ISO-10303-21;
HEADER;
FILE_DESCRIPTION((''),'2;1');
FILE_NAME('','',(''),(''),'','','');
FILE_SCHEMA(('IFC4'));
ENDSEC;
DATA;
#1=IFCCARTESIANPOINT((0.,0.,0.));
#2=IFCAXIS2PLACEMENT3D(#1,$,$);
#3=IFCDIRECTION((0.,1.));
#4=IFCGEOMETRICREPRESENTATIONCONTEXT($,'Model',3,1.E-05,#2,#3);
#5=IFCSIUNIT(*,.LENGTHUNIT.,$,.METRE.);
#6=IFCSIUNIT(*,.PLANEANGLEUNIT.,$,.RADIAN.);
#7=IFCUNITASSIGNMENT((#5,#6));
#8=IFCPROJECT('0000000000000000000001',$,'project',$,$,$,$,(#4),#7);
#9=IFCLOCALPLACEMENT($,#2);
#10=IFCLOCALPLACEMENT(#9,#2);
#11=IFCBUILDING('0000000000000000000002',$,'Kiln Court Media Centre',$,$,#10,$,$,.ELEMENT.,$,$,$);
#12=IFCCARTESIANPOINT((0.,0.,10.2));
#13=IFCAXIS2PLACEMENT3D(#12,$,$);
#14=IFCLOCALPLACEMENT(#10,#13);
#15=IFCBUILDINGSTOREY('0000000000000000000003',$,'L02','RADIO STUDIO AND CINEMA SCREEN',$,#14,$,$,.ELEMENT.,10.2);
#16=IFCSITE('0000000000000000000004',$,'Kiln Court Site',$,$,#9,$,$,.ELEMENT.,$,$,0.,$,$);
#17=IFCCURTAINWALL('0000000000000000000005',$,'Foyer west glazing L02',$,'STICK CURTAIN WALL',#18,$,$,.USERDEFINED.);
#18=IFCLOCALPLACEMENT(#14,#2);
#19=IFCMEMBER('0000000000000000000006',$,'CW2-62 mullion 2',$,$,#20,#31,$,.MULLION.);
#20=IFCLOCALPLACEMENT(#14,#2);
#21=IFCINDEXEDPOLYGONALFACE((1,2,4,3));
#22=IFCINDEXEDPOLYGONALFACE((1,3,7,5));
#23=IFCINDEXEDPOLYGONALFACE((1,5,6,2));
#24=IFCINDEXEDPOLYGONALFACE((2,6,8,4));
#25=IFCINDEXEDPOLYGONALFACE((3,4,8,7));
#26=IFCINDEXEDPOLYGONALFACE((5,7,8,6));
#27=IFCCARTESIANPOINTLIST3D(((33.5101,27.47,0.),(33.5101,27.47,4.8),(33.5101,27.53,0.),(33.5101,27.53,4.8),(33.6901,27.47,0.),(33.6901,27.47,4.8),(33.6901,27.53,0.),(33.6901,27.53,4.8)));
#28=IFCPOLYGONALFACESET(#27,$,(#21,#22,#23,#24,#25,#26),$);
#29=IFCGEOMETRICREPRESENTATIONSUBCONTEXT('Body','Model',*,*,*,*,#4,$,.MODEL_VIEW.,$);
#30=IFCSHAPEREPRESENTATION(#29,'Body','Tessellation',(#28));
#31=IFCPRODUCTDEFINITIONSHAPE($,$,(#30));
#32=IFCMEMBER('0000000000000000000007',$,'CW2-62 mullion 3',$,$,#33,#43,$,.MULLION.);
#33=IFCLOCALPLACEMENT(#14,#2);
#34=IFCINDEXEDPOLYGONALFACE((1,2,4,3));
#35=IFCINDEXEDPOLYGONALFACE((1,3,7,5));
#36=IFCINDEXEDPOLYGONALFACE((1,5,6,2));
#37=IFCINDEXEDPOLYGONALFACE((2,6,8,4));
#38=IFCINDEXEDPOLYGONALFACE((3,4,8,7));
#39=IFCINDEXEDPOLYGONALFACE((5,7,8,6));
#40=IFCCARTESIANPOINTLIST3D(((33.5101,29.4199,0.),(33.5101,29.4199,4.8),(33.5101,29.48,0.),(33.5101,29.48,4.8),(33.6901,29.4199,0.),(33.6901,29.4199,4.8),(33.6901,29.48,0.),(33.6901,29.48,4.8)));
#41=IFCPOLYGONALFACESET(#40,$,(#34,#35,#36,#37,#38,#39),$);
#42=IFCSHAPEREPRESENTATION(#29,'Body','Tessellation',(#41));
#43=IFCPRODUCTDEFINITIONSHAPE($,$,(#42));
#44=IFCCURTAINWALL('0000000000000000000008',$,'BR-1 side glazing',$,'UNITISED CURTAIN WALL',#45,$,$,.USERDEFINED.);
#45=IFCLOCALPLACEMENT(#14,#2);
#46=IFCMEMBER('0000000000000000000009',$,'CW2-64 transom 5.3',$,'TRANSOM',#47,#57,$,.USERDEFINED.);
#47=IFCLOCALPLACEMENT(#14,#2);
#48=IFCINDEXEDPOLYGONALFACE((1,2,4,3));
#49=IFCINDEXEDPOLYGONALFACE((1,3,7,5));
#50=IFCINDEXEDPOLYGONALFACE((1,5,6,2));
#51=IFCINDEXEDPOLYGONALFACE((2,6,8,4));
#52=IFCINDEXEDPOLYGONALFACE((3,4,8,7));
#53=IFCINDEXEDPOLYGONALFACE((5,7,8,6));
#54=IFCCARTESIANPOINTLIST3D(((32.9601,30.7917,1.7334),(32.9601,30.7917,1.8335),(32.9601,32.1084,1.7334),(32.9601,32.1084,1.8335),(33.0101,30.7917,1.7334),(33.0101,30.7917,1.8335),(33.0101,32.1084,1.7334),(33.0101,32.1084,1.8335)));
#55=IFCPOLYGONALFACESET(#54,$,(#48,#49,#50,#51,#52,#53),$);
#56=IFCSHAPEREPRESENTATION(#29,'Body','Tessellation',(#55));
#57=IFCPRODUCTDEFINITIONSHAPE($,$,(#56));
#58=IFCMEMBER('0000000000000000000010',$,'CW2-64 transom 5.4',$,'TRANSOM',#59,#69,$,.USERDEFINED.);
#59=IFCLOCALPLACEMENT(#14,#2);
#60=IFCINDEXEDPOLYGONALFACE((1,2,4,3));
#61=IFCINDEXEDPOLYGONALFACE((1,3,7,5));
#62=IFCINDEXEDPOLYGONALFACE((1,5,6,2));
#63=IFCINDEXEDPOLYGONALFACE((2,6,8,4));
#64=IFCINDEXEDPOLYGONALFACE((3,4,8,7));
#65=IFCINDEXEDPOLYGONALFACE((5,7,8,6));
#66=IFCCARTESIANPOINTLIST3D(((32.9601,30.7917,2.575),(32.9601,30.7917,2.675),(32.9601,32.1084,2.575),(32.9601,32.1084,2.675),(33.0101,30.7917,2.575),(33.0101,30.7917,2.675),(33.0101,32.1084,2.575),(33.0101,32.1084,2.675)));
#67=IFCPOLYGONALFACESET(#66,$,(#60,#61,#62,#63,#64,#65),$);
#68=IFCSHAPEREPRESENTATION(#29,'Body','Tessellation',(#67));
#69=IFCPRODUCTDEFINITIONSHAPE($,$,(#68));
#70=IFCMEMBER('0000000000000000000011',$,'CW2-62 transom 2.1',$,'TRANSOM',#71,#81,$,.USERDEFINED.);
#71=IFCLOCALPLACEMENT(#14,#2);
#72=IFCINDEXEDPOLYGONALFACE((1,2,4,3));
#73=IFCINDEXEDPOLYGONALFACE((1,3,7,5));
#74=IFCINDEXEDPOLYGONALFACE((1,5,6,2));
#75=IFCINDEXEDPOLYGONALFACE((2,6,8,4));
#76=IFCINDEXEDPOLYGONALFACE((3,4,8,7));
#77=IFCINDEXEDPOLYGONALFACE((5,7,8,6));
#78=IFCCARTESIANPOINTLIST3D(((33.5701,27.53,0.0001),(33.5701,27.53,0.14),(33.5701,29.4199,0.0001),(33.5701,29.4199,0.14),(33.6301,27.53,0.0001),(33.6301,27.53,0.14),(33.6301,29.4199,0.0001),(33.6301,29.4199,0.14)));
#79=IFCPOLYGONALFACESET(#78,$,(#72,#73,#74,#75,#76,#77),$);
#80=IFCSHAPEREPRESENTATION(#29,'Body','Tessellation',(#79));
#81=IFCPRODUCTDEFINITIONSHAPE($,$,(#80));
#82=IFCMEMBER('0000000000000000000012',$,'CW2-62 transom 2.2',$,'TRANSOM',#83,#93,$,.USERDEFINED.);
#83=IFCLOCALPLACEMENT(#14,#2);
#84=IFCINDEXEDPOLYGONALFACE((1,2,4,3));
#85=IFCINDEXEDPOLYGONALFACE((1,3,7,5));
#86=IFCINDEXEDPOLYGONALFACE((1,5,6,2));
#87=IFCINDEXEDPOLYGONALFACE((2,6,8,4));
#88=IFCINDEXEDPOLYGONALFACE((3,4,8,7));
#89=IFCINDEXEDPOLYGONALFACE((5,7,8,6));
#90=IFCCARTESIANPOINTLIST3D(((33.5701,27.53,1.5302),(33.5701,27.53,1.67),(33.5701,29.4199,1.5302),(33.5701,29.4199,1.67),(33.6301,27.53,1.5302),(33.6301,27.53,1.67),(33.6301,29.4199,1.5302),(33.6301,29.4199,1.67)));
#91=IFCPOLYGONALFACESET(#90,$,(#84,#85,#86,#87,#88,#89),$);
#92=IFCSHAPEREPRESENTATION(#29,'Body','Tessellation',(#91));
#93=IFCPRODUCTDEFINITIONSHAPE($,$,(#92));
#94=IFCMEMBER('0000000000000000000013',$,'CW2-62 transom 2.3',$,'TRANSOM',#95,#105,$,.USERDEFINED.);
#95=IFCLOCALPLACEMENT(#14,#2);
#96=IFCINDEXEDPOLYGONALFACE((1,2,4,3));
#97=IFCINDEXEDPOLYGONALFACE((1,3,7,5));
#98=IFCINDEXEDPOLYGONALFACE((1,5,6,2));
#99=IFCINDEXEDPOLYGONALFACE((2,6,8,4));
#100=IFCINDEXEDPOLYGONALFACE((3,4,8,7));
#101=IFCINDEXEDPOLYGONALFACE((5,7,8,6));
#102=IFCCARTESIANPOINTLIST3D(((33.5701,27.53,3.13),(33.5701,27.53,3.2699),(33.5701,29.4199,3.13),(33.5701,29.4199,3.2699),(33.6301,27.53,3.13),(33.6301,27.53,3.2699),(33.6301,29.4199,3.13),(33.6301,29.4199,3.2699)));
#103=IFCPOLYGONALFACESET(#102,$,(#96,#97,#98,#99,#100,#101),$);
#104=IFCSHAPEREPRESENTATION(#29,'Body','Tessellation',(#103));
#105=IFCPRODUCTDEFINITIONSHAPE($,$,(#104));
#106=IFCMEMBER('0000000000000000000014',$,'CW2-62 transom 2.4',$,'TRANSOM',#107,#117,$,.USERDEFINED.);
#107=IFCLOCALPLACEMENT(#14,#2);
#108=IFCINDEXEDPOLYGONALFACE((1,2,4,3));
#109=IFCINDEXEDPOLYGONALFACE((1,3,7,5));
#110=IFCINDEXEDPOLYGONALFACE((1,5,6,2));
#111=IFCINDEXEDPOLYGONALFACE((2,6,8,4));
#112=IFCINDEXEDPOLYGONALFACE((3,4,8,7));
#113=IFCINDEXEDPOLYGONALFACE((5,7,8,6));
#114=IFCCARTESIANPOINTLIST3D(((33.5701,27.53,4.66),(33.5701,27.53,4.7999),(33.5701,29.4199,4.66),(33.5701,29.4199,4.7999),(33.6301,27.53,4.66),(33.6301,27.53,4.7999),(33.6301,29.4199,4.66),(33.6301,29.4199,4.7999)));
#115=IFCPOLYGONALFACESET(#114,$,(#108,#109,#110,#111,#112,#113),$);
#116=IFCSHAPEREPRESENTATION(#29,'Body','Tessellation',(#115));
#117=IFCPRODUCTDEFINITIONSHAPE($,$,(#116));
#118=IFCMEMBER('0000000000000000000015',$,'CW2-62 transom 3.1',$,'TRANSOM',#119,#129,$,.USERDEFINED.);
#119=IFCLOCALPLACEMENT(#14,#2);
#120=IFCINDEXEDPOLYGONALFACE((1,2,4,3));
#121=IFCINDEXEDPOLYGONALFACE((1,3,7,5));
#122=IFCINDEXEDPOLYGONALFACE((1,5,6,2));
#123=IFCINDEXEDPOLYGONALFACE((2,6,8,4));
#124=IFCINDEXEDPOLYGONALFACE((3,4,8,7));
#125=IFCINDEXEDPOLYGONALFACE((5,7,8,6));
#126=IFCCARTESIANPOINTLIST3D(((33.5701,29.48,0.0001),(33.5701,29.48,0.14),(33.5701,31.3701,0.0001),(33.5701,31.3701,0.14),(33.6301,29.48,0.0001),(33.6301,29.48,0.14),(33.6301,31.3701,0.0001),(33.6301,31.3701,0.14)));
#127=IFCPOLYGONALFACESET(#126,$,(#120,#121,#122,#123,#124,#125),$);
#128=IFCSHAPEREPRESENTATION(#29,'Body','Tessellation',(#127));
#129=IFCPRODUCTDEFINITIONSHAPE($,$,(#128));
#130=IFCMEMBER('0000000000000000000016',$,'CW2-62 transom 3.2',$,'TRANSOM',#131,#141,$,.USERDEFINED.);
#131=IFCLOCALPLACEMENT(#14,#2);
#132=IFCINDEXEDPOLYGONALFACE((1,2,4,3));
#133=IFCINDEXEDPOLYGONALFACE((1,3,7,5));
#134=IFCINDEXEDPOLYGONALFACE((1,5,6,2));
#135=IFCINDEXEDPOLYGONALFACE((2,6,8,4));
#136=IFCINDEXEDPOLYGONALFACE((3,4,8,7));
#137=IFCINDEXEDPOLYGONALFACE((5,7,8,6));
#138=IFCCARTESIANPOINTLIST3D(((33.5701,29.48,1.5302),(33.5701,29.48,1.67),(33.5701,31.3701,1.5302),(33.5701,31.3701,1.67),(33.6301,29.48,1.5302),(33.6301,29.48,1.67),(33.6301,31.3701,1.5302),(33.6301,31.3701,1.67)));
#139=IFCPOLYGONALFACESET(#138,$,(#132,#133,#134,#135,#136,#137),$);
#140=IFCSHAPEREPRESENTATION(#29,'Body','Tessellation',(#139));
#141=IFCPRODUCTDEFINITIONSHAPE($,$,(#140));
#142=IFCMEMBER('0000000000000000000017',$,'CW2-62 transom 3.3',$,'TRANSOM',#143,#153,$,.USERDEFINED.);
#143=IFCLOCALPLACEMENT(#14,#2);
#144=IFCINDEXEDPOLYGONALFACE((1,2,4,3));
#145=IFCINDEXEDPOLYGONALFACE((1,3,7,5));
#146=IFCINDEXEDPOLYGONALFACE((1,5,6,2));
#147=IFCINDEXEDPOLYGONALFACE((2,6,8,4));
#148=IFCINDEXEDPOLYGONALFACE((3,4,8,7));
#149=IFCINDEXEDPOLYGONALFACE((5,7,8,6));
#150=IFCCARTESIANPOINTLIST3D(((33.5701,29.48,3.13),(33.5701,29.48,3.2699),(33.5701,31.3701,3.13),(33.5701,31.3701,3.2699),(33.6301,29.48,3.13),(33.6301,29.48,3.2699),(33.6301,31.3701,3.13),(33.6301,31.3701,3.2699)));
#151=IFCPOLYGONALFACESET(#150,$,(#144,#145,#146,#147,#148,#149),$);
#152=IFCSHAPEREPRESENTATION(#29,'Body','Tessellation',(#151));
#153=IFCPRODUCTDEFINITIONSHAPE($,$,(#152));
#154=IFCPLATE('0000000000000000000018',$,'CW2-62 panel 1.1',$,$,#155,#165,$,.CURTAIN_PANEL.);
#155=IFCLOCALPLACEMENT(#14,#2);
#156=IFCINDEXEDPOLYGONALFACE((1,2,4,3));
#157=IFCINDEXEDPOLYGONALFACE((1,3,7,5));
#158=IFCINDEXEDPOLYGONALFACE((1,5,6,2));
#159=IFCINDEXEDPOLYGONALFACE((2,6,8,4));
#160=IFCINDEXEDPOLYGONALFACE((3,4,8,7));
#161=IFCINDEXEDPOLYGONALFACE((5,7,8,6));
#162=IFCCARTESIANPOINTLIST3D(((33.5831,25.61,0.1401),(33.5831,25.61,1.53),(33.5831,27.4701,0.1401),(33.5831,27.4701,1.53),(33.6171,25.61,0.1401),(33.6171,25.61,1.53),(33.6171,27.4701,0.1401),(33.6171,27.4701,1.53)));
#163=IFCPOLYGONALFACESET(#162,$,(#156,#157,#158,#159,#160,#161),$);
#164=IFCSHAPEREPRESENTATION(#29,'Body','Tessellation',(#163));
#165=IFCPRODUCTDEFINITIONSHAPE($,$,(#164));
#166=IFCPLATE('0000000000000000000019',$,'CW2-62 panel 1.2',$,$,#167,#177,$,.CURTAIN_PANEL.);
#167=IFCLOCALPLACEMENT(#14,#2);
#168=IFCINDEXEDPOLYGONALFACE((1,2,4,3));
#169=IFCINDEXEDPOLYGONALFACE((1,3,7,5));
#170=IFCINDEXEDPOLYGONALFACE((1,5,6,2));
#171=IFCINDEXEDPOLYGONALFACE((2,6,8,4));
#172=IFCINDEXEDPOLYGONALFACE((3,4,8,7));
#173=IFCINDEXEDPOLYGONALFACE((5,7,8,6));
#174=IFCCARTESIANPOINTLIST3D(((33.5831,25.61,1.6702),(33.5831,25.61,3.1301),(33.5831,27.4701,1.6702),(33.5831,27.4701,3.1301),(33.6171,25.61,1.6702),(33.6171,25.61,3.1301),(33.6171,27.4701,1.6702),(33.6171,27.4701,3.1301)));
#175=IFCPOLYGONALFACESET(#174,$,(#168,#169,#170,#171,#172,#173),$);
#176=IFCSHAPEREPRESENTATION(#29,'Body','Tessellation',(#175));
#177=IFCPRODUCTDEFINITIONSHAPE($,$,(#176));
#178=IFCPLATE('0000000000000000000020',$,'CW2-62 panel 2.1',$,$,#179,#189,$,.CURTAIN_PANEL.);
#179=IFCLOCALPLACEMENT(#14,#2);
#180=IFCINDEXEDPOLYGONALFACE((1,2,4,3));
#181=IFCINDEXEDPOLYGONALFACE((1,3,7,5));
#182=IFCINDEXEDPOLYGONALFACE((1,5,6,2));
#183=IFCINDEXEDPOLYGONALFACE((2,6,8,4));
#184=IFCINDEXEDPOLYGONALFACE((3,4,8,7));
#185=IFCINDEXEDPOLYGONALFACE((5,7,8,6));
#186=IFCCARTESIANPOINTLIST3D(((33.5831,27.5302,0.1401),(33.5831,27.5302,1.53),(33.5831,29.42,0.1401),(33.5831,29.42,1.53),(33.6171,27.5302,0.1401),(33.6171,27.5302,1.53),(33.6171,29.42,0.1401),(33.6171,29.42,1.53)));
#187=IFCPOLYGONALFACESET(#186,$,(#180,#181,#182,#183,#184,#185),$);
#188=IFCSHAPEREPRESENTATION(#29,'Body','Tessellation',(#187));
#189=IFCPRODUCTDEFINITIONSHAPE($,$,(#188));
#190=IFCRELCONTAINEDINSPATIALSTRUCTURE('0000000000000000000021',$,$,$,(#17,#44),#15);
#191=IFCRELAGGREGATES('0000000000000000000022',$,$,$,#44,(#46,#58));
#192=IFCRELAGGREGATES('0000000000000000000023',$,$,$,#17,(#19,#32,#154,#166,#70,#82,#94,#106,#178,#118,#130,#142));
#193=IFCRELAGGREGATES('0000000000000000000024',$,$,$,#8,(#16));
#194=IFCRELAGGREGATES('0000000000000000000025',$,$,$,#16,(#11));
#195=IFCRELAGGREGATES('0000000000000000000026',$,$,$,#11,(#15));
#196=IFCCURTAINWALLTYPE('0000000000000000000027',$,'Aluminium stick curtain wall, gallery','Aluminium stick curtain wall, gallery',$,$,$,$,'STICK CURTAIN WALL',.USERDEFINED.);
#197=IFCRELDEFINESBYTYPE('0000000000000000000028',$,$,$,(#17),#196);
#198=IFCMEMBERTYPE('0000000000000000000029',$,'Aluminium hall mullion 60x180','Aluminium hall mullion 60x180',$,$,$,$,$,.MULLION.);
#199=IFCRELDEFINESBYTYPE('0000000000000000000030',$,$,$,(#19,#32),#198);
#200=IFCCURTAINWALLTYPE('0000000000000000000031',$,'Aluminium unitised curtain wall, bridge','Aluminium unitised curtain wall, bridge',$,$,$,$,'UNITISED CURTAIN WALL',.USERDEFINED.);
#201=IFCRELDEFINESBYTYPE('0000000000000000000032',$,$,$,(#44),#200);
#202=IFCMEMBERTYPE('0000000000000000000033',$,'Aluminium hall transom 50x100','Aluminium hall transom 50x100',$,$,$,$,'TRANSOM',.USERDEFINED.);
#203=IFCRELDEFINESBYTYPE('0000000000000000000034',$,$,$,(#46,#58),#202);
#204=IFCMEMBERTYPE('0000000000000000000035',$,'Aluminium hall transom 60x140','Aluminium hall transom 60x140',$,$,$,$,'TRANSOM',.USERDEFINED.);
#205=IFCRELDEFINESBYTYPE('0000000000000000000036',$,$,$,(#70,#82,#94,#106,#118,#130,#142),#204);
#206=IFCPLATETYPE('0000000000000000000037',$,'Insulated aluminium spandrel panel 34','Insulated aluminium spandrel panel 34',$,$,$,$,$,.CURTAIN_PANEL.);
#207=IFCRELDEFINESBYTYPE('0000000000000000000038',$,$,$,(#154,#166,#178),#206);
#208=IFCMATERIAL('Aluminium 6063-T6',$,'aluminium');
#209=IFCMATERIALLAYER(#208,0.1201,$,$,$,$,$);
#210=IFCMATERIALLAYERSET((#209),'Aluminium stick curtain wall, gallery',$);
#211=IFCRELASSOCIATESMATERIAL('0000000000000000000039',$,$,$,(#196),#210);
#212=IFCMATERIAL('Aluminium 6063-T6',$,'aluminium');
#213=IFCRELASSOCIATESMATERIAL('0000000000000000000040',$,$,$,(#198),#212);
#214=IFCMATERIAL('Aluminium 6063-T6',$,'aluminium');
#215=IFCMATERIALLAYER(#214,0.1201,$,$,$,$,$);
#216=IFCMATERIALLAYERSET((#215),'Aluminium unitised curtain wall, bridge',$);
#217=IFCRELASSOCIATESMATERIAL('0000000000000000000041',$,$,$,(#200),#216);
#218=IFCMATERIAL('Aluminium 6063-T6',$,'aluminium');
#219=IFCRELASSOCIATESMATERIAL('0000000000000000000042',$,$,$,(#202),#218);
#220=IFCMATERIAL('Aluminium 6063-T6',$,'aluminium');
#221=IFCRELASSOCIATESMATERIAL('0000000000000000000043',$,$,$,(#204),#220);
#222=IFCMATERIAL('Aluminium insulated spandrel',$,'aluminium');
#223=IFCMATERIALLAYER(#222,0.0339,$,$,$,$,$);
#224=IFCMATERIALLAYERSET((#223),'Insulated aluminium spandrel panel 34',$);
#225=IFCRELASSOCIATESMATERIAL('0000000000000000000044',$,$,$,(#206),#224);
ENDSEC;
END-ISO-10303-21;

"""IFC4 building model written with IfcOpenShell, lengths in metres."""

from ifc_helpers import new_model, si_unit, direction, frame, origin, origin_2d, place, context, subcontext, project, spatial, rectangle, extrude, material, layer, layer_set, material_profile, profile_set, type_object, element, aggregate, save


model = new_model("IFC4")

# Units and contexts
model_context = context("Model", 3, precision=1e-05, world=origin(), true_north=direction((0.0, 1.0)))
body_context = subcontext(model_context, "Body", "Model", "MODEL_VIEW")
ifc_project = project(units=[si_unit("LENGTHUNIT", "METRE"), si_unit("PLANEANGLEUNIT", "RADIAN")], contexts=[model_context])

# Site, building, storey
site_placement = place(None, origin())
site = spatial("IfcSite", under=ifc_project, at=site_placement, Name="Kiln Court Site", CompositionType="ELEMENT", RefElevation=0.0)
building_placement = place(site_placement, origin())
building = spatial("IfcBuilding", under=site, at=building_placement, Name="Kiln Court Media Centre", CompositionType="ELEMENT")
storey_placement = place(building_placement, frame((0.0, 0.0, 10.2)))
storey = spatial("IfcBuildingStorey", under=building, at=storey_placement, Name="L02", Description="RADIO STUDIO AND CINEMA SCREEN", CompositionType="ELEMENT", Elevation=10.2)

# Curtain walls, members
ifc_material_1 = material(Name="Aluminium 6063-T6", Category="aluminium")
ifc_layer_1 = layer(ifc_material_1, 0.1201)
ifc_layer_set_1 = layer_set([ifc_layer_1], Name="Aluminium stick curtain wall, gallery")
curtain_wall_type_1 = type_object("IfcCurtainWallType", Name="Aluminium stick curtain wall, gallery", Description="Aluminium stick curtain wall, gallery", ElementType="STICK CURTAIN WALL", PredefinedType="USERDEFINED", material=ifc_layer_set_1)
curtain_wall_1_placement = place(storey_placement, origin())
curtain_wall_1 = element("IfcCurtainWall", 1, at=curtain_wall_1_placement, inside=storey, type_object=curtain_wall_type_1, Name="Foyer west glazing L02", ObjectType="STICK CURTAIN WALL", PredefinedType="USERDEFINED")
ifc_material_2 = material(Name="Aluminium 6063-T6", Category="aluminium")
ifc_material_profile_1 = material_profile(ifc_material_2, rectangle(XDim=0.0601, YDim=0.1799, at=origin_2d()), Name="Aluminium hall mullion 60x180")
ifc_profile_set_1 = profile_set([ifc_material_profile_1], Name="Aluminium 6063-T6")
member_type_1 = type_object("IfcMemberType", Name="Aluminium hall mullion 60x180", Description="Aluminium hall mullion 60x180", PredefinedType="MULLION", material=ifc_profile_set_1)
member_1_placement = place(storey_placement, frame((33.6001, 27.5, 0.0), z_axis=(0.0, 0.0, 1.0), x_axis=(0.0, 1.0, 0.0)))
member_1 = element("IfcMember", 2, at=member_1_placement, type_object=member_type_1, Name="CW2-62 mullion 2", PredefinedType="MULLION", context=body_context, shape_type="SweptSolid", body=[
    extrude(rectangle(XDim=0.0601, YDim=0.1799, at=origin_2d()), origin(), (0.0, 0.0, 1.0), 4.8),
])
member_2_placement = place(storey_placement, frame((33.6001, 29.45, 0.0), z_axis=(0.0, 0.0, 1.0), x_axis=(0.0, 1.0, 0.0)))
member_2 = element("IfcMember", 3, at=member_2_placement, type_object=member_type_1, Name="CW2-62 mullion 3", PredefinedType="MULLION", context=body_context, shape_type="SweptSolid", body=[
    extrude(rectangle(XDim=0.0601, YDim=0.1799, at=origin_2d()), origin(), (0.0, 0.0, 1.0), 4.8),
])
ifc_material_3 = material(Name="Aluminium 6063-T6", Category="aluminium")
ifc_layer_2 = layer(ifc_material_3, 0.1201)
ifc_layer_set_2 = layer_set([ifc_layer_2], Name="Aluminium unitised curtain wall, bridge")
curtain_wall_type_2 = type_object("IfcCurtainWallType", Name="Aluminium unitised curtain wall, bridge", Description="Aluminium unitised curtain wall, bridge", ElementType="UNITISED CURTAIN WALL", PredefinedType="USERDEFINED", material=ifc_layer_set_2)
curtain_wall_2_placement = place(storey_placement, origin())
curtain_wall_2 = element("IfcCurtainWall", 4, at=curtain_wall_2_placement, inside=storey, type_object=curtain_wall_type_2, Name="BR-1 side glazing", ObjectType="UNITISED CURTAIN WALL", PredefinedType="USERDEFINED")
ifc_material_4 = material(Name="Aluminium 6063-T6", Category="aluminium")
ifc_material_profile_2 = material_profile(ifc_material_4, rectangle(XDim=0.05, YDim=0.1001, at=origin_2d()), Name="Aluminium hall transom 50x100")
ifc_profile_set_2 = profile_set([ifc_material_profile_2], Name="Aluminium 6063-T6")
member_type_2 = type_object("IfcMemberType", Name="Aluminium hall transom 50x100", Description="Aluminium hall transom 50x100", ElementType="TRANSOM", PredefinedType="USERDEFINED", material=ifc_profile_set_2)
member_3_placement = place(storey_placement, frame((32.9851, 30.7917, 1.7834), z_axis=(0.0, 1.0, 0.0), x_axis=(-1.0, 0.0, 0.0)))
member_3 = element("IfcMember", 5, at=member_3_placement, type_object=member_type_2, Name="CW2-64 transom 5.3", ObjectType="TRANSOM", PredefinedType="USERDEFINED", context=body_context, shape_type="SweptSolid", body=[
    extrude(rectangle(XDim=0.05, YDim=0.1001, at=origin_2d()), origin(), (0.0, 0.0, 1.0), 1.3167),
])
member_4_placement = place(storey_placement, frame((32.9851, 30.7917, 2.625), z_axis=(0.0, 1.0, 0.0), x_axis=(-1.0, 0.0, 0.0)))
member_4 = element("IfcMember", 6, at=member_4_placement, type_object=member_type_2, Name="CW2-64 transom 5.4", ObjectType="TRANSOM", PredefinedType="USERDEFINED", context=body_context, shape_type="SweptSolid", body=[
    extrude(rectangle(XDim=0.05, YDim=0.1001, at=origin_2d()), origin(), (0.0, 0.0, 1.0), 1.3167),
])
aggregate(curtain_wall_2, [member_3, member_4])

# Members
ifc_material_5 = material(Name="Aluminium 6063-T6", Category="aluminium")
ifc_material_profile_3 = material_profile(ifc_material_5, rectangle(XDim=0.0601, YDim=0.1399, at=origin_2d()), Name="Aluminium hall transom 60x140")
ifc_profile_set_3 = profile_set([ifc_material_profile_3], Name="Aluminium 6063-T6")
member_type_3 = type_object("IfcMemberType", Name="Aluminium hall transom 60x140", Description="Aluminium hall transom 60x140", ElementType="TRANSOM", PredefinedType="USERDEFINED", material=ifc_profile_set_3)
member_5_placement = place(storey_placement, frame((33.6001, 27.53, 0.0701), z_axis=(0.0, 1.0, 0.0), x_axis=(-1.0, 0.0, 0.0)))
member_5 = element("IfcMember", 7, at=member_5_placement, type_object=member_type_3, Name="CW2-62 transom 2.1", ObjectType="TRANSOM", PredefinedType="USERDEFINED", context=body_context, shape_type="SweptSolid", body=[
    extrude(rectangle(XDim=0.0601, YDim=0.1399, at=origin_2d()), origin(), (0.0, 0.0, 1.0), 1.8899),
])
member_6_placement = place(storey_placement, frame((33.6001, 27.53, 1.6001), z_axis=(0.0, 1.0, 0.0), x_axis=(-1.0, 0.0, 0.0)))
member_6 = element("IfcMember", 8, at=member_6_placement, type_object=member_type_3, Name="CW2-62 transom 2.2", ObjectType="TRANSOM", PredefinedType="USERDEFINED", context=body_context, shape_type="SweptSolid", body=[
    extrude(rectangle(XDim=0.0601, YDim=0.1399, at=origin_2d()), origin(), (0.0, 0.0, 1.0), 1.8899),
])
member_7_placement = place(storey_placement, frame((33.6001, 27.53, 3.2), z_axis=(0.0, 1.0, 0.0), x_axis=(-1.0, 0.0, 0.0)))
member_7 = element("IfcMember", 9, at=member_7_placement, type_object=member_type_3, Name="CW2-62 transom 2.3", ObjectType="TRANSOM", PredefinedType="USERDEFINED", context=body_context, shape_type="SweptSolid", body=[
    extrude(rectangle(XDim=0.0601, YDim=0.1399, at=origin_2d()), origin(), (0.0, 0.0, 1.0), 1.8899),
])
member_8_placement = place(storey_placement, frame((33.6001, 27.53, 4.73), z_axis=(0.0, 1.0, 0.0), x_axis=(-1.0, 0.0, 0.0)))
member_8 = element("IfcMember", 10, at=member_8_placement, type_object=member_type_3, Name="CW2-62 transom 2.4", ObjectType="TRANSOM", PredefinedType="USERDEFINED", context=body_context, shape_type="SweptSolid", body=[
    extrude(rectangle(XDim=0.0601, YDim=0.1399, at=origin_2d()), origin(), (0.0, 0.0, 1.0), 1.8899),
])
member_9_placement = place(storey_placement, frame((33.6001, 29.48, 0.0701), z_axis=(0.0, 1.0, 0.0), x_axis=(-1.0, 0.0, 0.0)))
member_9 = element("IfcMember", 11, at=member_9_placement, type_object=member_type_3, Name="CW2-62 transom 3.1", ObjectType="TRANSOM", PredefinedType="USERDEFINED", context=body_context, shape_type="SweptSolid", body=[
    extrude(rectangle(XDim=0.0601, YDim=0.1399, at=origin_2d()), origin(), (0.0, 0.0, 1.0), 1.8901),
])
member_10_placement = place(storey_placement, frame((33.6001, 29.48, 1.6001), z_axis=(0.0, 1.0, 0.0), x_axis=(-1.0, 0.0, 0.0)))
member_10 = element("IfcMember", 12, at=member_10_placement, type_object=member_type_3, Name="CW2-62 transom 3.2", ObjectType="TRANSOM", PredefinedType="USERDEFINED", context=body_context, shape_type="SweptSolid", body=[
    extrude(rectangle(XDim=0.0601, YDim=0.1399, at=origin_2d()), origin(), (0.0, 0.0, 1.0), 1.8901),
])
member_11_placement = place(storey_placement, frame((33.6001, 29.48, 3.2), z_axis=(0.0, 1.0, 0.0), x_axis=(-1.0, 0.0, 0.0)))
member_11 = element("IfcMember", 13, at=member_11_placement, type_object=member_type_3, Name="CW2-62 transom 3.3", ObjectType="TRANSOM", PredefinedType="USERDEFINED", context=body_context, shape_type="SweptSolid", body=[
    extrude(rectangle(XDim=0.0601, YDim=0.1399, at=origin_2d()), origin(), (0.0, 0.0, 1.0), 1.8901),
])

# Plates
ifc_material_6 = material(Name="Aluminium insulated spandrel", Category="aluminium")
ifc_layer_3 = layer(ifc_material_6, 0.0339)
ifc_layer_set_3 = layer_set([ifc_layer_3], Name="Insulated aluminium spandrel panel 34")
plate_type_1 = type_object("IfcPlateType", Name="Insulated aluminium spandrel panel 34", Description="Insulated aluminium spandrel panel 34", PredefinedType="CURTAIN_PANEL", material=ifc_layer_set_3)
plate_1_placement = place(storey_placement, frame((33.6001, 26.54, 0.1401), z_axis=(0.0, 0.0, 1.0), x_axis=(0.0, 1.0, 0.0)))
plate_1 = element("IfcPlate", 14, at=plate_1_placement, type_object=plate_type_1, Name="CW2-62 panel 1.1", PredefinedType="CURTAIN_PANEL", context=body_context, shape_type="SweptSolid", body=[
    extrude(rectangle(XDim=1.8601, YDim=0.0339, at=origin_2d()), origin(), (0.0, 0.0, 1.0), 1.3899),
])
plate_2_placement = place(storey_placement, frame((33.6001, 26.54, 1.6702), z_axis=(0.0, 0.0, 1.0), x_axis=(0.0, 1.0, 0.0)))
plate_2 = element("IfcPlate", 15, at=plate_2_placement, type_object=plate_type_1, Name="CW2-62 panel 1.2", PredefinedType="CURTAIN_PANEL", context=body_context, shape_type="SweptSolid", body=[
    extrude(rectangle(XDim=1.8601, YDim=0.0339, at=origin_2d()), origin(), (0.0, 0.0, 1.0), 1.46),
])
plate_3_placement = place(storey_placement, frame((33.6001, 28.4751, 0.1401), z_axis=(0.0, 0.0, 1.0), x_axis=(0.0, 1.0, 0.0)))
plate_3 = element("IfcPlate", 16, at=plate_3_placement, type_object=plate_type_1, Name="CW2-62 panel 2.1", PredefinedType="CURTAIN_PANEL", context=body_context, shape_type="SweptSolid", body=[
    extrude(rectangle(XDim=1.8899, YDim=0.0339, at=origin_2d()), origin(), (0.0, 0.0, 1.0), 1.3899),
])
aggregate(curtain_wall_1, [member_1, member_2, plate_1, plate_2, member_5, member_6, member_7, member_8, plate_3, member_9, member_10, member_11])

save(model, "model.ifc")
